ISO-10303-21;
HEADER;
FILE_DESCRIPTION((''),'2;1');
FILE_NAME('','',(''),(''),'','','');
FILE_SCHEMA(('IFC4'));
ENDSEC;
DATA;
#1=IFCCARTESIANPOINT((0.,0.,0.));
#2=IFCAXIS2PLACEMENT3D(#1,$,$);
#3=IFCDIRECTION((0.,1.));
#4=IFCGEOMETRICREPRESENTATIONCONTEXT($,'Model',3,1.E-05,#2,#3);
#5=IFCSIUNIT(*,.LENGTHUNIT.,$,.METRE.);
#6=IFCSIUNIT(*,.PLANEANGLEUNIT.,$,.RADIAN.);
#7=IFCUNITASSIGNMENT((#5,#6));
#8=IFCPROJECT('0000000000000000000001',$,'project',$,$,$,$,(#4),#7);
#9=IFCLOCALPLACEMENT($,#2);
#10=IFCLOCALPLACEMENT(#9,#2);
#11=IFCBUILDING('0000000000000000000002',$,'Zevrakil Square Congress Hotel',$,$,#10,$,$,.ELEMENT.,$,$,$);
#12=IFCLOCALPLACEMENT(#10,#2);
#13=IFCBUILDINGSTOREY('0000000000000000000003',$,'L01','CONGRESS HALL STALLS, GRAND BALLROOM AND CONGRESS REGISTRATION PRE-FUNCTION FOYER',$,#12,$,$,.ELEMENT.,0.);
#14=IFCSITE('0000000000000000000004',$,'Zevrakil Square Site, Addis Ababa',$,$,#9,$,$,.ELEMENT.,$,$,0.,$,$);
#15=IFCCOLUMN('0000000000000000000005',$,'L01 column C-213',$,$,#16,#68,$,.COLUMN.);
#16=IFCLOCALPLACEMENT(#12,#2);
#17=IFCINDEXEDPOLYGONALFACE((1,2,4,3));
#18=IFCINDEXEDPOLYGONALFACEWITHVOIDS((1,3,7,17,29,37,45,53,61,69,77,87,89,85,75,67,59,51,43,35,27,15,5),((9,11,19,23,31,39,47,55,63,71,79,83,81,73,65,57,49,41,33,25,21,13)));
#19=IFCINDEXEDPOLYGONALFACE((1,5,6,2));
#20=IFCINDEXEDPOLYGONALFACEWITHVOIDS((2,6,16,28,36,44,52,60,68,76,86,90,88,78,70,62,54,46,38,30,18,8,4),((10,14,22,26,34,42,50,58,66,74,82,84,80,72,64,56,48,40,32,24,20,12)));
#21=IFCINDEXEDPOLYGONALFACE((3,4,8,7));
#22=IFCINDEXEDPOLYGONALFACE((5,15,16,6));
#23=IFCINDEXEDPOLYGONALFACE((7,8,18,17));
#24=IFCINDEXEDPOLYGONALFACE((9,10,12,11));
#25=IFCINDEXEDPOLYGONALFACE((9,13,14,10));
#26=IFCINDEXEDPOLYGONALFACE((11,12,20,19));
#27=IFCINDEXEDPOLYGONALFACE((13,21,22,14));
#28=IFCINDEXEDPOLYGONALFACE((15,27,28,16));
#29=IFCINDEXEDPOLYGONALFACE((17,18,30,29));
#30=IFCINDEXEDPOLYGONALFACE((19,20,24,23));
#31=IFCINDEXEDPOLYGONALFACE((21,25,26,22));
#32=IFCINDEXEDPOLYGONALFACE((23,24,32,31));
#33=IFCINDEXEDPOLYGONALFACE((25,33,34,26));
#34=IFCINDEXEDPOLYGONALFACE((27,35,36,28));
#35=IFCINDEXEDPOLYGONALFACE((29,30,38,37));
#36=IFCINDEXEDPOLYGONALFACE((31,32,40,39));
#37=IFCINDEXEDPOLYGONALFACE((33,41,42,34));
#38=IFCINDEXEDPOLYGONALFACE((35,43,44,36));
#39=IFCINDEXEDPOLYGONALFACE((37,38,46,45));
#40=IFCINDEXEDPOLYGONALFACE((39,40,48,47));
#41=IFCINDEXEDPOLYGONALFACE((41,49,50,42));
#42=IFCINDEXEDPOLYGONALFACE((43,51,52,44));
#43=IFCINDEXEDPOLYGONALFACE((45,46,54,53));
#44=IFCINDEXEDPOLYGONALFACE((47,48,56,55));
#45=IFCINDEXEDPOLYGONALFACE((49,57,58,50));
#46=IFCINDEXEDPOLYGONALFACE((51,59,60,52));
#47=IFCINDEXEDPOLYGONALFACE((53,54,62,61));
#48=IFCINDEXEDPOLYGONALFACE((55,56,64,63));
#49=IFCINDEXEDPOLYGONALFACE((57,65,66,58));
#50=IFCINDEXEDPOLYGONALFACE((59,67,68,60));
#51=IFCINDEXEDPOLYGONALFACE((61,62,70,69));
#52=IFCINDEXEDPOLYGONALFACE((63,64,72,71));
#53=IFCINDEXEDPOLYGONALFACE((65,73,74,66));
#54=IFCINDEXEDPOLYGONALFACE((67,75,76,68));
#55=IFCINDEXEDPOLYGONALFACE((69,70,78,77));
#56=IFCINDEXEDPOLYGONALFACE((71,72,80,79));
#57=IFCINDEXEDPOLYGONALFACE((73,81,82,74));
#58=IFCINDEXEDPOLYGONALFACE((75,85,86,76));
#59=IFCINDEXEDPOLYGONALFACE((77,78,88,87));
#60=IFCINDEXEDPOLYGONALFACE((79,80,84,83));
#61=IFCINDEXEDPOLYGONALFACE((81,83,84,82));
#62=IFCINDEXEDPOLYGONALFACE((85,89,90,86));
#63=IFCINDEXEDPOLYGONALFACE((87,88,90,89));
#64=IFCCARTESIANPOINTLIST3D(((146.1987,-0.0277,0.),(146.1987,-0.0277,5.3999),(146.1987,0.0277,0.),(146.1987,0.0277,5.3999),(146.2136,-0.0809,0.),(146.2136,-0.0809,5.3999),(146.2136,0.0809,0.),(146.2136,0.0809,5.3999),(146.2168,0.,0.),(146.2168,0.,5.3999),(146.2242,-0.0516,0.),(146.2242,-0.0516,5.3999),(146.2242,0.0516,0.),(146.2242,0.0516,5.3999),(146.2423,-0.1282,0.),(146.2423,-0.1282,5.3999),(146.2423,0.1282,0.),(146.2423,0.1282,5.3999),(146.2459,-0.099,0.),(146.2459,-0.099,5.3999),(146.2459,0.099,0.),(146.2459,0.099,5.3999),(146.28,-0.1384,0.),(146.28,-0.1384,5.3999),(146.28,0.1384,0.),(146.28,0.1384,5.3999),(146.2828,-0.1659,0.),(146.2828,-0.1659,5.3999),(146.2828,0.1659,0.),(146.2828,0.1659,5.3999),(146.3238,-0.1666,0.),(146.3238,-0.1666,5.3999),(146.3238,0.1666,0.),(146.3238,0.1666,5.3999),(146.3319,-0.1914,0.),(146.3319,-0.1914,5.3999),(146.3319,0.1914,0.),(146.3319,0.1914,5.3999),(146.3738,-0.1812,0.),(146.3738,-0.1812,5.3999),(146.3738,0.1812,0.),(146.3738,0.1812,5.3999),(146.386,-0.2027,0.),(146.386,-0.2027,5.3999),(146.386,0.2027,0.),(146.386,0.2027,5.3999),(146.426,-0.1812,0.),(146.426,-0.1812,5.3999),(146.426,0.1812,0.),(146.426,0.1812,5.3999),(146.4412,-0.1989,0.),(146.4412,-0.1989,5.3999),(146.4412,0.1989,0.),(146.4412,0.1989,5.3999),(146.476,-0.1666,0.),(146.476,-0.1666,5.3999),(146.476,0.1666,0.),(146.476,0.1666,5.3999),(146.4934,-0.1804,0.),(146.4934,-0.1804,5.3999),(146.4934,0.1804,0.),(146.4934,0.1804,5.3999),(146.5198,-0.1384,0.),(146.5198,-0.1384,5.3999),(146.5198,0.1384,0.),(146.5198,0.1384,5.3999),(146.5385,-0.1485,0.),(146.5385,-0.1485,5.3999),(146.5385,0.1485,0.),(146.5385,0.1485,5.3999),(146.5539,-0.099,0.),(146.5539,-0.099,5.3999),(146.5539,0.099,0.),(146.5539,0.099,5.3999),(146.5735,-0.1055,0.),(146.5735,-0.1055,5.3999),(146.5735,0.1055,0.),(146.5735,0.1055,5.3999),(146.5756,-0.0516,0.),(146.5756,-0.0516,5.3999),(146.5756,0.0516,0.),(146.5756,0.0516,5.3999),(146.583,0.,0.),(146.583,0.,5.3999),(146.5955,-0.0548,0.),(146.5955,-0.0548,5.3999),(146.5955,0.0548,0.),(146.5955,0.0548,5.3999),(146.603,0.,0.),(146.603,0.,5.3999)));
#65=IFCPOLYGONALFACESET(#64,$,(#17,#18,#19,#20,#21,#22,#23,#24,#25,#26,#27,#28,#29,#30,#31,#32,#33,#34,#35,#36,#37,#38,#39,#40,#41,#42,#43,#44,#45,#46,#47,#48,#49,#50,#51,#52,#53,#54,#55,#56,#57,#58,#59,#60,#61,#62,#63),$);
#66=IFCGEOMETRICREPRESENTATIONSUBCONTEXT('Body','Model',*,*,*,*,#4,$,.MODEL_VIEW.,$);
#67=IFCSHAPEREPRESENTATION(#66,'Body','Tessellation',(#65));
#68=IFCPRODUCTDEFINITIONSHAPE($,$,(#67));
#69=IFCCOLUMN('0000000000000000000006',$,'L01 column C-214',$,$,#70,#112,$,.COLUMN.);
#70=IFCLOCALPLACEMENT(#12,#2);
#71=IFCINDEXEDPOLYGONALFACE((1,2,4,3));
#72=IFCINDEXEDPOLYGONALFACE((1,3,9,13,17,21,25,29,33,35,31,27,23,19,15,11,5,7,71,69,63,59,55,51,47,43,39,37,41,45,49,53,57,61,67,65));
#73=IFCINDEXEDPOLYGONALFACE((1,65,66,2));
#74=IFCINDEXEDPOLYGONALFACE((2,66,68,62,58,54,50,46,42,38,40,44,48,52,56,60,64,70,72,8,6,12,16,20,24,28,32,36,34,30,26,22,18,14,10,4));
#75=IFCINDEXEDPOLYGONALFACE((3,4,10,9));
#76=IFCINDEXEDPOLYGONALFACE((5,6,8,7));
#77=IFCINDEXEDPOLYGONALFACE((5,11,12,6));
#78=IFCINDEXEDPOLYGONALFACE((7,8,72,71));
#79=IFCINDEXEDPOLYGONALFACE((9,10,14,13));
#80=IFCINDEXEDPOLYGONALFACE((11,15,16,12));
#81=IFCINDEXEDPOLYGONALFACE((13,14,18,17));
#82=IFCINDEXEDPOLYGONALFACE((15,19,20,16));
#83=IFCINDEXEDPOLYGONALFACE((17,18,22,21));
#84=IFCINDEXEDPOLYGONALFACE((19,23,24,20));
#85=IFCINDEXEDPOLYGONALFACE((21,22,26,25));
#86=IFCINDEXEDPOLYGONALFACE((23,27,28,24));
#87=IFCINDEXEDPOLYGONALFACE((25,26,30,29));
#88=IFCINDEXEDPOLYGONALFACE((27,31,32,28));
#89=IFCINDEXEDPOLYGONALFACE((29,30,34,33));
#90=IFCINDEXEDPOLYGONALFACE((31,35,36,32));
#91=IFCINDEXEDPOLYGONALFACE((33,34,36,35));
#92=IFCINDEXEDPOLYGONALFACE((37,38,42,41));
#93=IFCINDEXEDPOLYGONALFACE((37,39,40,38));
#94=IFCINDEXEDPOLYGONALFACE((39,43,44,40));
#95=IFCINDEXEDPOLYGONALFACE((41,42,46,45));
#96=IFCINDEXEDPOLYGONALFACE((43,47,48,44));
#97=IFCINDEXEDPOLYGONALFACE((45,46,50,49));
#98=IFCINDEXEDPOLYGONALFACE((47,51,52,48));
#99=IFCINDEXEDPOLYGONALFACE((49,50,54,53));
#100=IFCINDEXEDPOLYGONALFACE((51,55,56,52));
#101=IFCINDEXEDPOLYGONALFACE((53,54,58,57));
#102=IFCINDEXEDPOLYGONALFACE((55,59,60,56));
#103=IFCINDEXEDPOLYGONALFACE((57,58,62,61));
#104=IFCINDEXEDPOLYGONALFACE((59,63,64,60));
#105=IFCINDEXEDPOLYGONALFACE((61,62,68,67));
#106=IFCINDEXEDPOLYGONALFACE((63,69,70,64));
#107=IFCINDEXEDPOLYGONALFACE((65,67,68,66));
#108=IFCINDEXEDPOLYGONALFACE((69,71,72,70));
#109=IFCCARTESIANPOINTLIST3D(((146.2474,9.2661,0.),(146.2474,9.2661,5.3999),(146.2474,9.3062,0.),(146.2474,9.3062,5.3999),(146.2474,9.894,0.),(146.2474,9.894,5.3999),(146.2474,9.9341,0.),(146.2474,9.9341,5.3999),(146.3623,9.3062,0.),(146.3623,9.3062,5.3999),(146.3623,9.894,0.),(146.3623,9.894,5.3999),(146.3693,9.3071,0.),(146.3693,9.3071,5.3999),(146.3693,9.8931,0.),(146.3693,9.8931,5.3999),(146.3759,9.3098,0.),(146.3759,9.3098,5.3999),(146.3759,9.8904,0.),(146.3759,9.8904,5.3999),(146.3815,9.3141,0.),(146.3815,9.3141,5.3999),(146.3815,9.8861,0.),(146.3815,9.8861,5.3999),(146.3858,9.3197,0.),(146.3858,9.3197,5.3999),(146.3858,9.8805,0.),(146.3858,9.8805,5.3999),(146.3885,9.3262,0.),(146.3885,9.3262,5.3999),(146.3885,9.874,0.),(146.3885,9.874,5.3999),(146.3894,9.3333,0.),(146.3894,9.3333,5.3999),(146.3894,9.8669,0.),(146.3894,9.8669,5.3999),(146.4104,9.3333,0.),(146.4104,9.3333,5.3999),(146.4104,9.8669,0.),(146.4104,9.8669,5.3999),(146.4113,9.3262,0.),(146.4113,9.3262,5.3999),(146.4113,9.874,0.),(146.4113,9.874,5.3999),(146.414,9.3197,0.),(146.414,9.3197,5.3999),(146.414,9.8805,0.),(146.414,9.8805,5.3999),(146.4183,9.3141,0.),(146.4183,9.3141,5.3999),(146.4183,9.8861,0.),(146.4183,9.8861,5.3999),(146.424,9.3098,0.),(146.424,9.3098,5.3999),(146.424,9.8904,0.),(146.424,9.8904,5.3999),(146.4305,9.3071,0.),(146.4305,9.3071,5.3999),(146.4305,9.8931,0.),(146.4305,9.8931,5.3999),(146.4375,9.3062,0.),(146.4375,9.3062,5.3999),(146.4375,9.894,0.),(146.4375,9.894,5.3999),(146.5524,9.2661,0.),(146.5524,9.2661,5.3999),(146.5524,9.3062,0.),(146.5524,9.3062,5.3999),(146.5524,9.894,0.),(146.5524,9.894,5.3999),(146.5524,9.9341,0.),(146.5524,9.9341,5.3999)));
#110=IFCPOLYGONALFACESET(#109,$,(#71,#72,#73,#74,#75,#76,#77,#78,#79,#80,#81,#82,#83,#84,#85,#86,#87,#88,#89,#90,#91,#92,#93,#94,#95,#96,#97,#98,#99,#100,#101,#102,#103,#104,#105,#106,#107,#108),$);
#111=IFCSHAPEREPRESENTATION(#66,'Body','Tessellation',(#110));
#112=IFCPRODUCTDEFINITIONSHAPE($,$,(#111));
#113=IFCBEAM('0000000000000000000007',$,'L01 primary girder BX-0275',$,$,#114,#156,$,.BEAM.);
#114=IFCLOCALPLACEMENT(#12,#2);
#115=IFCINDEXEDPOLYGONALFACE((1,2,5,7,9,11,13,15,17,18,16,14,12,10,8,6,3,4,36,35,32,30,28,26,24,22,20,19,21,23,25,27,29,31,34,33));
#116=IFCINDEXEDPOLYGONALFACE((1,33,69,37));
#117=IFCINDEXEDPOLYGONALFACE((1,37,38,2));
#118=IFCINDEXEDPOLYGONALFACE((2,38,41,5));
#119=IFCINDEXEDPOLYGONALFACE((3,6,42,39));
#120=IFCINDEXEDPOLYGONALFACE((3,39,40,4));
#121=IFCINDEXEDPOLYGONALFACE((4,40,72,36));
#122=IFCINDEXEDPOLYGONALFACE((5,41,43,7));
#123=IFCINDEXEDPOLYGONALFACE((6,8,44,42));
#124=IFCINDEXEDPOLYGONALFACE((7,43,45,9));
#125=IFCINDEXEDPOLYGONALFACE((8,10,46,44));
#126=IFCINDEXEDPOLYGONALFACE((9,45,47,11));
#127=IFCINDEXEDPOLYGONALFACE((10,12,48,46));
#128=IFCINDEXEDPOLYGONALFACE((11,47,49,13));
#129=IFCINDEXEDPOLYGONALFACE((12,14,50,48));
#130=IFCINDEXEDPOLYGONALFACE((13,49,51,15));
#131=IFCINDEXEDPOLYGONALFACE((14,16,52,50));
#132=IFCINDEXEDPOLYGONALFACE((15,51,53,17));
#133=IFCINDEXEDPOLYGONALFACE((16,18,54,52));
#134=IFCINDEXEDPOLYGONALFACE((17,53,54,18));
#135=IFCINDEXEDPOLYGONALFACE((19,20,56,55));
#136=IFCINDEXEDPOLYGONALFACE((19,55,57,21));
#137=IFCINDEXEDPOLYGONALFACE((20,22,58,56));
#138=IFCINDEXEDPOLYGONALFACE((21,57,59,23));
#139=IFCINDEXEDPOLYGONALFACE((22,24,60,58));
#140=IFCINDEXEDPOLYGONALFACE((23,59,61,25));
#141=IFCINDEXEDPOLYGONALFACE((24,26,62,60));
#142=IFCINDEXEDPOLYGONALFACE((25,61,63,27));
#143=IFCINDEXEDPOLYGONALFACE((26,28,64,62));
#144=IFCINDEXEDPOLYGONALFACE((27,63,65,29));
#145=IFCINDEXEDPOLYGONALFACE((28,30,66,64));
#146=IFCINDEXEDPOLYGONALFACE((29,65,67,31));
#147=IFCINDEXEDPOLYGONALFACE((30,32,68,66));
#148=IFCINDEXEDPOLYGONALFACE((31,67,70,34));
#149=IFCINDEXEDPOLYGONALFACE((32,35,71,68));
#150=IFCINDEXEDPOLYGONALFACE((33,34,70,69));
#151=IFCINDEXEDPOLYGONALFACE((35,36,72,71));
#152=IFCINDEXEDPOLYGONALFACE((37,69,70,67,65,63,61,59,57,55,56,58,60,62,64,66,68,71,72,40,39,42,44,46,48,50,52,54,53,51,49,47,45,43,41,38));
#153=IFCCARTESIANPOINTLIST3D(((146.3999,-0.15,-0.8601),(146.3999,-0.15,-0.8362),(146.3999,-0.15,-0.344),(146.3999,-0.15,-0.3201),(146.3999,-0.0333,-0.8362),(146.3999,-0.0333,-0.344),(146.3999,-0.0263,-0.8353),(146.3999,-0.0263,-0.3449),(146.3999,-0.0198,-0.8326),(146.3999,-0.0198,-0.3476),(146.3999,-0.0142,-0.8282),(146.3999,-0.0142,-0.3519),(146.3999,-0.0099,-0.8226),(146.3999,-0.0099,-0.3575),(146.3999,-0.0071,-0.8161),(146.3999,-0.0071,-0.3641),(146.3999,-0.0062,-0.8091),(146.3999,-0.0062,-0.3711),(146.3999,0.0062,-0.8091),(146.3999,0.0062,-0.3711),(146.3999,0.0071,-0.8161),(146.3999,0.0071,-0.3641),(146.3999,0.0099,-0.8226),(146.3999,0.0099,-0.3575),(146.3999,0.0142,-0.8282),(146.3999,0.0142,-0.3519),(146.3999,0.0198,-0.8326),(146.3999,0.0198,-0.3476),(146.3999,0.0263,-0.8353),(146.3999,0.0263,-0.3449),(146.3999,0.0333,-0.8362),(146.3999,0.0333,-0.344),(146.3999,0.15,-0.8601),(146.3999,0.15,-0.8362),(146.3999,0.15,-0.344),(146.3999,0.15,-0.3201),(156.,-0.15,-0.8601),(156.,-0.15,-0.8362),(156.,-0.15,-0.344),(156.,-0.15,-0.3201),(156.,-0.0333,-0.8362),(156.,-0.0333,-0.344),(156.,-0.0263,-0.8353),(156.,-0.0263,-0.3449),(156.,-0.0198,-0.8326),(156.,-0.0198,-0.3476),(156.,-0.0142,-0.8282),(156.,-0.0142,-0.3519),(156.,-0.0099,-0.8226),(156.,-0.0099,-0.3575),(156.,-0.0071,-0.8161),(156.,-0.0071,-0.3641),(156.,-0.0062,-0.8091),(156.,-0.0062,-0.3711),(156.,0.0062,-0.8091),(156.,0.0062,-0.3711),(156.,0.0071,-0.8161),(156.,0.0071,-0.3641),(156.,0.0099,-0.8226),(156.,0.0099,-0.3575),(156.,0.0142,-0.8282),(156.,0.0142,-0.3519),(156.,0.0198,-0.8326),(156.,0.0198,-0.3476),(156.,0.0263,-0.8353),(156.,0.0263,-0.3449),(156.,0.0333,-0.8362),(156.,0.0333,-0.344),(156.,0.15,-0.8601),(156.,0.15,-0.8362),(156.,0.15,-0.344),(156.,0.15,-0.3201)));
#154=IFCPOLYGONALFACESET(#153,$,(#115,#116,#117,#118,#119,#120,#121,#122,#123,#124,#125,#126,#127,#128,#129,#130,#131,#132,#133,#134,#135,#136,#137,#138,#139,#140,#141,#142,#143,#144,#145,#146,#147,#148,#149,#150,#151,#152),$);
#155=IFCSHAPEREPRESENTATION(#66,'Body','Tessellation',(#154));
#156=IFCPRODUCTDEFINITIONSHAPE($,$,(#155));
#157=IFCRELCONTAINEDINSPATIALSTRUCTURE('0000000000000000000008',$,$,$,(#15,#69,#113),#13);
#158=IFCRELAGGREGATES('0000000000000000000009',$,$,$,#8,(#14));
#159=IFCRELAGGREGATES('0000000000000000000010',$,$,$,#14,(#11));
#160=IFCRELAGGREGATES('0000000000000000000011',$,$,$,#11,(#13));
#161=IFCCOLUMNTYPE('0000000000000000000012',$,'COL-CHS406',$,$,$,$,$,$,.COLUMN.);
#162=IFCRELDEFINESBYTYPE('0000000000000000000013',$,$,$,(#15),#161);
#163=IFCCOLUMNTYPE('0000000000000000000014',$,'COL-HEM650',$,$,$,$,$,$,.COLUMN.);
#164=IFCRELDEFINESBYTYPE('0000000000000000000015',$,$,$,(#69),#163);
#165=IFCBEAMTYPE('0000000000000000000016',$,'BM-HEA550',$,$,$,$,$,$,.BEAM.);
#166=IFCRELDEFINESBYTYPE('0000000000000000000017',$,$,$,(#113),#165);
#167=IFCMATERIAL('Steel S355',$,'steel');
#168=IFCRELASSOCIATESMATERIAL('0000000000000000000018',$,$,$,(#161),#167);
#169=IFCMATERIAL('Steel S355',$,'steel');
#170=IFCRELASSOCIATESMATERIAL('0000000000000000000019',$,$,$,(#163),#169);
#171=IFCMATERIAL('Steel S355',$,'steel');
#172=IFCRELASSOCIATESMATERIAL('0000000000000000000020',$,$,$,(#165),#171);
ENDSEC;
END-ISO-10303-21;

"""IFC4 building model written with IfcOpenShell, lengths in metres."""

from ifc_helpers import new_model, si_unit, direction, frame, origin, origin_2d, place, context, subcontext, project, spatial, hollow_circle, i_section, extrude, material, material_profile, profile_set, type_object, element, save


model = new_model("IFC4")

# Units and contexts
model_context = context("Model", 3, precision=1e-05, world=origin(), true_north=direction((0.0, 1.0)))
body_context = subcontext(model_context, "Body", "Model", "MODEL_VIEW")
ifc_project = project(units=[si_unit("LENGTHUNIT", "METRE"), si_unit("PLANEANGLEUNIT", "RADIAN")], contexts=[model_context])

# Site, building, storey
site_placement = place(None, origin())
site = spatial("IfcSite", under=ifc_project, at=site_placement, Name="Zevrakil Square Site, Addis Ababa", CompositionType="ELEMENT", RefElevation=0.0)
building_placement = place(site_placement, origin())
building = spatial("IfcBuilding", under=site, at=building_placement, Name="Zevrakil Square Congress Hotel", CompositionType="ELEMENT")
storey_placement = place(building_placement, origin())
storey = spatial("IfcBuildingStorey", under=building, at=storey_placement, Name="L01", Description="CONGRESS HALL STALLS, GRAND BALLROOM AND CONGRESS REGISTRATION PRE-FUNCTION FOYER", CompositionType="ELEMENT", Elevation=0.0)

# Columns
ifc_material_1 = material(Name="Steel S355", Category="steel")
ifc_material_profile_1 = material_profile(ifc_material_1, hollow_circle(Radius=0.2031, WallThickness=0.02, at=origin_2d()), Name="CHS 406.4x20")
ifc_profile_set_1 = profile_set([ifc_material_profile_1], Name="Steel S355")
column_type_1 = type_object("IfcColumnType", Name="COL-CHS406", PredefinedType="COLUMN", material=ifc_profile_set_1)
column_1_placement = place(storey_placement, frame((146.3999, 0.0, 0.0), z_axis=(0.0, 0.0, 1.0), x_axis=(1.0, 0.0, 0.0)))
element("IfcColumn", 1, at=column_1_placement, inside=storey, type_object=column_type_1, Name="L01 column C-213", PredefinedType="COLUMN", context=body_context, shape_type="SweptSolid", body=[
    extrude(hollow_circle(Radius=0.2031, WallThickness=0.02, at=origin_2d()), origin(), (0.0, 0.0, 1.0), 5.3999),
])
ifc_material_2 = material(Name="Steel S355", Category="steel")
ifc_material_profile_2 = material_profile(ifc_material_2, i_section(OverallWidth=0.3049, OverallDepth=0.668, WebThickness=0.021, FlangeThickness=0.04, FilletRadius=0.0271, at=origin_2d()), Name="HEM 650")
ifc_profile_set_2 = profile_set([ifc_material_profile_2], Name="Steel S355")
column_type_2 = type_object("IfcColumnType", Name="COL-HEM650", PredefinedType="COLUMN", material=ifc_profile_set_2)
column_2_placement = place(storey_placement, frame((146.3999, 9.6001, 0.0), z_axis=(0.0, 0.0, 1.0), x_axis=(1.0, 0.0, 0.0)))
element("IfcColumn", 2, at=column_2_placement, inside=storey, type_object=column_type_2, Name="L01 column C-214", PredefinedType="COLUMN", context=body_context, shape_type="SweptSolid", body=[
    extrude(i_section(OverallWidth=0.3049, OverallDepth=0.668, WebThickness=0.021, FlangeThickness=0.04, FilletRadius=0.0271, at=origin_2d()), origin(), (0.0, 0.0, 1.0), 5.3999),
])

# Beam
ifc_material_3 = material(Name="Steel S355", Category="steel")
ifc_material_profile_3 = material_profile(ifc_material_3, i_section(OverallWidth=0.3, OverallDepth=0.54, WebThickness=0.0125, FlangeThickness=0.0239, FilletRadius=0.0271, at=origin_2d()), Name="HEA 550")
ifc_profile_set_3 = profile_set([ifc_material_profile_3], Name="Steel S355")
beam_type_1 = type_object("IfcBeamType", Name="BM-HEA550", PredefinedType="BEAM", material=ifc_profile_set_3)
for number, where, z_axis, x_axis, name in (
    (3, (146.3999, 0.0, -0.5901), (1.0, 0.0, 0.0), (0.0, 1.0, 0.0), "L01 primary girder BX-0275"),
):
    element("IfcBeam", number, at=place(storey_placement, frame(where, z_axis=z_axis, x_axis=x_axis)), inside=storey, type_object=beam_type_1, Name=name, PredefinedType="BEAM", context=body_context, shape_type="SweptSolid", body=[
        extrude(i_section(OverallWidth=0.3, OverallDepth=0.54, WebThickness=0.0125, FlangeThickness=0.0239, FilletRadius=0.0271, at=origin_2d()), origin(), (0.0, 0.0, 1.0), 9.6001),
    ])

save(model, "model.ifc")
